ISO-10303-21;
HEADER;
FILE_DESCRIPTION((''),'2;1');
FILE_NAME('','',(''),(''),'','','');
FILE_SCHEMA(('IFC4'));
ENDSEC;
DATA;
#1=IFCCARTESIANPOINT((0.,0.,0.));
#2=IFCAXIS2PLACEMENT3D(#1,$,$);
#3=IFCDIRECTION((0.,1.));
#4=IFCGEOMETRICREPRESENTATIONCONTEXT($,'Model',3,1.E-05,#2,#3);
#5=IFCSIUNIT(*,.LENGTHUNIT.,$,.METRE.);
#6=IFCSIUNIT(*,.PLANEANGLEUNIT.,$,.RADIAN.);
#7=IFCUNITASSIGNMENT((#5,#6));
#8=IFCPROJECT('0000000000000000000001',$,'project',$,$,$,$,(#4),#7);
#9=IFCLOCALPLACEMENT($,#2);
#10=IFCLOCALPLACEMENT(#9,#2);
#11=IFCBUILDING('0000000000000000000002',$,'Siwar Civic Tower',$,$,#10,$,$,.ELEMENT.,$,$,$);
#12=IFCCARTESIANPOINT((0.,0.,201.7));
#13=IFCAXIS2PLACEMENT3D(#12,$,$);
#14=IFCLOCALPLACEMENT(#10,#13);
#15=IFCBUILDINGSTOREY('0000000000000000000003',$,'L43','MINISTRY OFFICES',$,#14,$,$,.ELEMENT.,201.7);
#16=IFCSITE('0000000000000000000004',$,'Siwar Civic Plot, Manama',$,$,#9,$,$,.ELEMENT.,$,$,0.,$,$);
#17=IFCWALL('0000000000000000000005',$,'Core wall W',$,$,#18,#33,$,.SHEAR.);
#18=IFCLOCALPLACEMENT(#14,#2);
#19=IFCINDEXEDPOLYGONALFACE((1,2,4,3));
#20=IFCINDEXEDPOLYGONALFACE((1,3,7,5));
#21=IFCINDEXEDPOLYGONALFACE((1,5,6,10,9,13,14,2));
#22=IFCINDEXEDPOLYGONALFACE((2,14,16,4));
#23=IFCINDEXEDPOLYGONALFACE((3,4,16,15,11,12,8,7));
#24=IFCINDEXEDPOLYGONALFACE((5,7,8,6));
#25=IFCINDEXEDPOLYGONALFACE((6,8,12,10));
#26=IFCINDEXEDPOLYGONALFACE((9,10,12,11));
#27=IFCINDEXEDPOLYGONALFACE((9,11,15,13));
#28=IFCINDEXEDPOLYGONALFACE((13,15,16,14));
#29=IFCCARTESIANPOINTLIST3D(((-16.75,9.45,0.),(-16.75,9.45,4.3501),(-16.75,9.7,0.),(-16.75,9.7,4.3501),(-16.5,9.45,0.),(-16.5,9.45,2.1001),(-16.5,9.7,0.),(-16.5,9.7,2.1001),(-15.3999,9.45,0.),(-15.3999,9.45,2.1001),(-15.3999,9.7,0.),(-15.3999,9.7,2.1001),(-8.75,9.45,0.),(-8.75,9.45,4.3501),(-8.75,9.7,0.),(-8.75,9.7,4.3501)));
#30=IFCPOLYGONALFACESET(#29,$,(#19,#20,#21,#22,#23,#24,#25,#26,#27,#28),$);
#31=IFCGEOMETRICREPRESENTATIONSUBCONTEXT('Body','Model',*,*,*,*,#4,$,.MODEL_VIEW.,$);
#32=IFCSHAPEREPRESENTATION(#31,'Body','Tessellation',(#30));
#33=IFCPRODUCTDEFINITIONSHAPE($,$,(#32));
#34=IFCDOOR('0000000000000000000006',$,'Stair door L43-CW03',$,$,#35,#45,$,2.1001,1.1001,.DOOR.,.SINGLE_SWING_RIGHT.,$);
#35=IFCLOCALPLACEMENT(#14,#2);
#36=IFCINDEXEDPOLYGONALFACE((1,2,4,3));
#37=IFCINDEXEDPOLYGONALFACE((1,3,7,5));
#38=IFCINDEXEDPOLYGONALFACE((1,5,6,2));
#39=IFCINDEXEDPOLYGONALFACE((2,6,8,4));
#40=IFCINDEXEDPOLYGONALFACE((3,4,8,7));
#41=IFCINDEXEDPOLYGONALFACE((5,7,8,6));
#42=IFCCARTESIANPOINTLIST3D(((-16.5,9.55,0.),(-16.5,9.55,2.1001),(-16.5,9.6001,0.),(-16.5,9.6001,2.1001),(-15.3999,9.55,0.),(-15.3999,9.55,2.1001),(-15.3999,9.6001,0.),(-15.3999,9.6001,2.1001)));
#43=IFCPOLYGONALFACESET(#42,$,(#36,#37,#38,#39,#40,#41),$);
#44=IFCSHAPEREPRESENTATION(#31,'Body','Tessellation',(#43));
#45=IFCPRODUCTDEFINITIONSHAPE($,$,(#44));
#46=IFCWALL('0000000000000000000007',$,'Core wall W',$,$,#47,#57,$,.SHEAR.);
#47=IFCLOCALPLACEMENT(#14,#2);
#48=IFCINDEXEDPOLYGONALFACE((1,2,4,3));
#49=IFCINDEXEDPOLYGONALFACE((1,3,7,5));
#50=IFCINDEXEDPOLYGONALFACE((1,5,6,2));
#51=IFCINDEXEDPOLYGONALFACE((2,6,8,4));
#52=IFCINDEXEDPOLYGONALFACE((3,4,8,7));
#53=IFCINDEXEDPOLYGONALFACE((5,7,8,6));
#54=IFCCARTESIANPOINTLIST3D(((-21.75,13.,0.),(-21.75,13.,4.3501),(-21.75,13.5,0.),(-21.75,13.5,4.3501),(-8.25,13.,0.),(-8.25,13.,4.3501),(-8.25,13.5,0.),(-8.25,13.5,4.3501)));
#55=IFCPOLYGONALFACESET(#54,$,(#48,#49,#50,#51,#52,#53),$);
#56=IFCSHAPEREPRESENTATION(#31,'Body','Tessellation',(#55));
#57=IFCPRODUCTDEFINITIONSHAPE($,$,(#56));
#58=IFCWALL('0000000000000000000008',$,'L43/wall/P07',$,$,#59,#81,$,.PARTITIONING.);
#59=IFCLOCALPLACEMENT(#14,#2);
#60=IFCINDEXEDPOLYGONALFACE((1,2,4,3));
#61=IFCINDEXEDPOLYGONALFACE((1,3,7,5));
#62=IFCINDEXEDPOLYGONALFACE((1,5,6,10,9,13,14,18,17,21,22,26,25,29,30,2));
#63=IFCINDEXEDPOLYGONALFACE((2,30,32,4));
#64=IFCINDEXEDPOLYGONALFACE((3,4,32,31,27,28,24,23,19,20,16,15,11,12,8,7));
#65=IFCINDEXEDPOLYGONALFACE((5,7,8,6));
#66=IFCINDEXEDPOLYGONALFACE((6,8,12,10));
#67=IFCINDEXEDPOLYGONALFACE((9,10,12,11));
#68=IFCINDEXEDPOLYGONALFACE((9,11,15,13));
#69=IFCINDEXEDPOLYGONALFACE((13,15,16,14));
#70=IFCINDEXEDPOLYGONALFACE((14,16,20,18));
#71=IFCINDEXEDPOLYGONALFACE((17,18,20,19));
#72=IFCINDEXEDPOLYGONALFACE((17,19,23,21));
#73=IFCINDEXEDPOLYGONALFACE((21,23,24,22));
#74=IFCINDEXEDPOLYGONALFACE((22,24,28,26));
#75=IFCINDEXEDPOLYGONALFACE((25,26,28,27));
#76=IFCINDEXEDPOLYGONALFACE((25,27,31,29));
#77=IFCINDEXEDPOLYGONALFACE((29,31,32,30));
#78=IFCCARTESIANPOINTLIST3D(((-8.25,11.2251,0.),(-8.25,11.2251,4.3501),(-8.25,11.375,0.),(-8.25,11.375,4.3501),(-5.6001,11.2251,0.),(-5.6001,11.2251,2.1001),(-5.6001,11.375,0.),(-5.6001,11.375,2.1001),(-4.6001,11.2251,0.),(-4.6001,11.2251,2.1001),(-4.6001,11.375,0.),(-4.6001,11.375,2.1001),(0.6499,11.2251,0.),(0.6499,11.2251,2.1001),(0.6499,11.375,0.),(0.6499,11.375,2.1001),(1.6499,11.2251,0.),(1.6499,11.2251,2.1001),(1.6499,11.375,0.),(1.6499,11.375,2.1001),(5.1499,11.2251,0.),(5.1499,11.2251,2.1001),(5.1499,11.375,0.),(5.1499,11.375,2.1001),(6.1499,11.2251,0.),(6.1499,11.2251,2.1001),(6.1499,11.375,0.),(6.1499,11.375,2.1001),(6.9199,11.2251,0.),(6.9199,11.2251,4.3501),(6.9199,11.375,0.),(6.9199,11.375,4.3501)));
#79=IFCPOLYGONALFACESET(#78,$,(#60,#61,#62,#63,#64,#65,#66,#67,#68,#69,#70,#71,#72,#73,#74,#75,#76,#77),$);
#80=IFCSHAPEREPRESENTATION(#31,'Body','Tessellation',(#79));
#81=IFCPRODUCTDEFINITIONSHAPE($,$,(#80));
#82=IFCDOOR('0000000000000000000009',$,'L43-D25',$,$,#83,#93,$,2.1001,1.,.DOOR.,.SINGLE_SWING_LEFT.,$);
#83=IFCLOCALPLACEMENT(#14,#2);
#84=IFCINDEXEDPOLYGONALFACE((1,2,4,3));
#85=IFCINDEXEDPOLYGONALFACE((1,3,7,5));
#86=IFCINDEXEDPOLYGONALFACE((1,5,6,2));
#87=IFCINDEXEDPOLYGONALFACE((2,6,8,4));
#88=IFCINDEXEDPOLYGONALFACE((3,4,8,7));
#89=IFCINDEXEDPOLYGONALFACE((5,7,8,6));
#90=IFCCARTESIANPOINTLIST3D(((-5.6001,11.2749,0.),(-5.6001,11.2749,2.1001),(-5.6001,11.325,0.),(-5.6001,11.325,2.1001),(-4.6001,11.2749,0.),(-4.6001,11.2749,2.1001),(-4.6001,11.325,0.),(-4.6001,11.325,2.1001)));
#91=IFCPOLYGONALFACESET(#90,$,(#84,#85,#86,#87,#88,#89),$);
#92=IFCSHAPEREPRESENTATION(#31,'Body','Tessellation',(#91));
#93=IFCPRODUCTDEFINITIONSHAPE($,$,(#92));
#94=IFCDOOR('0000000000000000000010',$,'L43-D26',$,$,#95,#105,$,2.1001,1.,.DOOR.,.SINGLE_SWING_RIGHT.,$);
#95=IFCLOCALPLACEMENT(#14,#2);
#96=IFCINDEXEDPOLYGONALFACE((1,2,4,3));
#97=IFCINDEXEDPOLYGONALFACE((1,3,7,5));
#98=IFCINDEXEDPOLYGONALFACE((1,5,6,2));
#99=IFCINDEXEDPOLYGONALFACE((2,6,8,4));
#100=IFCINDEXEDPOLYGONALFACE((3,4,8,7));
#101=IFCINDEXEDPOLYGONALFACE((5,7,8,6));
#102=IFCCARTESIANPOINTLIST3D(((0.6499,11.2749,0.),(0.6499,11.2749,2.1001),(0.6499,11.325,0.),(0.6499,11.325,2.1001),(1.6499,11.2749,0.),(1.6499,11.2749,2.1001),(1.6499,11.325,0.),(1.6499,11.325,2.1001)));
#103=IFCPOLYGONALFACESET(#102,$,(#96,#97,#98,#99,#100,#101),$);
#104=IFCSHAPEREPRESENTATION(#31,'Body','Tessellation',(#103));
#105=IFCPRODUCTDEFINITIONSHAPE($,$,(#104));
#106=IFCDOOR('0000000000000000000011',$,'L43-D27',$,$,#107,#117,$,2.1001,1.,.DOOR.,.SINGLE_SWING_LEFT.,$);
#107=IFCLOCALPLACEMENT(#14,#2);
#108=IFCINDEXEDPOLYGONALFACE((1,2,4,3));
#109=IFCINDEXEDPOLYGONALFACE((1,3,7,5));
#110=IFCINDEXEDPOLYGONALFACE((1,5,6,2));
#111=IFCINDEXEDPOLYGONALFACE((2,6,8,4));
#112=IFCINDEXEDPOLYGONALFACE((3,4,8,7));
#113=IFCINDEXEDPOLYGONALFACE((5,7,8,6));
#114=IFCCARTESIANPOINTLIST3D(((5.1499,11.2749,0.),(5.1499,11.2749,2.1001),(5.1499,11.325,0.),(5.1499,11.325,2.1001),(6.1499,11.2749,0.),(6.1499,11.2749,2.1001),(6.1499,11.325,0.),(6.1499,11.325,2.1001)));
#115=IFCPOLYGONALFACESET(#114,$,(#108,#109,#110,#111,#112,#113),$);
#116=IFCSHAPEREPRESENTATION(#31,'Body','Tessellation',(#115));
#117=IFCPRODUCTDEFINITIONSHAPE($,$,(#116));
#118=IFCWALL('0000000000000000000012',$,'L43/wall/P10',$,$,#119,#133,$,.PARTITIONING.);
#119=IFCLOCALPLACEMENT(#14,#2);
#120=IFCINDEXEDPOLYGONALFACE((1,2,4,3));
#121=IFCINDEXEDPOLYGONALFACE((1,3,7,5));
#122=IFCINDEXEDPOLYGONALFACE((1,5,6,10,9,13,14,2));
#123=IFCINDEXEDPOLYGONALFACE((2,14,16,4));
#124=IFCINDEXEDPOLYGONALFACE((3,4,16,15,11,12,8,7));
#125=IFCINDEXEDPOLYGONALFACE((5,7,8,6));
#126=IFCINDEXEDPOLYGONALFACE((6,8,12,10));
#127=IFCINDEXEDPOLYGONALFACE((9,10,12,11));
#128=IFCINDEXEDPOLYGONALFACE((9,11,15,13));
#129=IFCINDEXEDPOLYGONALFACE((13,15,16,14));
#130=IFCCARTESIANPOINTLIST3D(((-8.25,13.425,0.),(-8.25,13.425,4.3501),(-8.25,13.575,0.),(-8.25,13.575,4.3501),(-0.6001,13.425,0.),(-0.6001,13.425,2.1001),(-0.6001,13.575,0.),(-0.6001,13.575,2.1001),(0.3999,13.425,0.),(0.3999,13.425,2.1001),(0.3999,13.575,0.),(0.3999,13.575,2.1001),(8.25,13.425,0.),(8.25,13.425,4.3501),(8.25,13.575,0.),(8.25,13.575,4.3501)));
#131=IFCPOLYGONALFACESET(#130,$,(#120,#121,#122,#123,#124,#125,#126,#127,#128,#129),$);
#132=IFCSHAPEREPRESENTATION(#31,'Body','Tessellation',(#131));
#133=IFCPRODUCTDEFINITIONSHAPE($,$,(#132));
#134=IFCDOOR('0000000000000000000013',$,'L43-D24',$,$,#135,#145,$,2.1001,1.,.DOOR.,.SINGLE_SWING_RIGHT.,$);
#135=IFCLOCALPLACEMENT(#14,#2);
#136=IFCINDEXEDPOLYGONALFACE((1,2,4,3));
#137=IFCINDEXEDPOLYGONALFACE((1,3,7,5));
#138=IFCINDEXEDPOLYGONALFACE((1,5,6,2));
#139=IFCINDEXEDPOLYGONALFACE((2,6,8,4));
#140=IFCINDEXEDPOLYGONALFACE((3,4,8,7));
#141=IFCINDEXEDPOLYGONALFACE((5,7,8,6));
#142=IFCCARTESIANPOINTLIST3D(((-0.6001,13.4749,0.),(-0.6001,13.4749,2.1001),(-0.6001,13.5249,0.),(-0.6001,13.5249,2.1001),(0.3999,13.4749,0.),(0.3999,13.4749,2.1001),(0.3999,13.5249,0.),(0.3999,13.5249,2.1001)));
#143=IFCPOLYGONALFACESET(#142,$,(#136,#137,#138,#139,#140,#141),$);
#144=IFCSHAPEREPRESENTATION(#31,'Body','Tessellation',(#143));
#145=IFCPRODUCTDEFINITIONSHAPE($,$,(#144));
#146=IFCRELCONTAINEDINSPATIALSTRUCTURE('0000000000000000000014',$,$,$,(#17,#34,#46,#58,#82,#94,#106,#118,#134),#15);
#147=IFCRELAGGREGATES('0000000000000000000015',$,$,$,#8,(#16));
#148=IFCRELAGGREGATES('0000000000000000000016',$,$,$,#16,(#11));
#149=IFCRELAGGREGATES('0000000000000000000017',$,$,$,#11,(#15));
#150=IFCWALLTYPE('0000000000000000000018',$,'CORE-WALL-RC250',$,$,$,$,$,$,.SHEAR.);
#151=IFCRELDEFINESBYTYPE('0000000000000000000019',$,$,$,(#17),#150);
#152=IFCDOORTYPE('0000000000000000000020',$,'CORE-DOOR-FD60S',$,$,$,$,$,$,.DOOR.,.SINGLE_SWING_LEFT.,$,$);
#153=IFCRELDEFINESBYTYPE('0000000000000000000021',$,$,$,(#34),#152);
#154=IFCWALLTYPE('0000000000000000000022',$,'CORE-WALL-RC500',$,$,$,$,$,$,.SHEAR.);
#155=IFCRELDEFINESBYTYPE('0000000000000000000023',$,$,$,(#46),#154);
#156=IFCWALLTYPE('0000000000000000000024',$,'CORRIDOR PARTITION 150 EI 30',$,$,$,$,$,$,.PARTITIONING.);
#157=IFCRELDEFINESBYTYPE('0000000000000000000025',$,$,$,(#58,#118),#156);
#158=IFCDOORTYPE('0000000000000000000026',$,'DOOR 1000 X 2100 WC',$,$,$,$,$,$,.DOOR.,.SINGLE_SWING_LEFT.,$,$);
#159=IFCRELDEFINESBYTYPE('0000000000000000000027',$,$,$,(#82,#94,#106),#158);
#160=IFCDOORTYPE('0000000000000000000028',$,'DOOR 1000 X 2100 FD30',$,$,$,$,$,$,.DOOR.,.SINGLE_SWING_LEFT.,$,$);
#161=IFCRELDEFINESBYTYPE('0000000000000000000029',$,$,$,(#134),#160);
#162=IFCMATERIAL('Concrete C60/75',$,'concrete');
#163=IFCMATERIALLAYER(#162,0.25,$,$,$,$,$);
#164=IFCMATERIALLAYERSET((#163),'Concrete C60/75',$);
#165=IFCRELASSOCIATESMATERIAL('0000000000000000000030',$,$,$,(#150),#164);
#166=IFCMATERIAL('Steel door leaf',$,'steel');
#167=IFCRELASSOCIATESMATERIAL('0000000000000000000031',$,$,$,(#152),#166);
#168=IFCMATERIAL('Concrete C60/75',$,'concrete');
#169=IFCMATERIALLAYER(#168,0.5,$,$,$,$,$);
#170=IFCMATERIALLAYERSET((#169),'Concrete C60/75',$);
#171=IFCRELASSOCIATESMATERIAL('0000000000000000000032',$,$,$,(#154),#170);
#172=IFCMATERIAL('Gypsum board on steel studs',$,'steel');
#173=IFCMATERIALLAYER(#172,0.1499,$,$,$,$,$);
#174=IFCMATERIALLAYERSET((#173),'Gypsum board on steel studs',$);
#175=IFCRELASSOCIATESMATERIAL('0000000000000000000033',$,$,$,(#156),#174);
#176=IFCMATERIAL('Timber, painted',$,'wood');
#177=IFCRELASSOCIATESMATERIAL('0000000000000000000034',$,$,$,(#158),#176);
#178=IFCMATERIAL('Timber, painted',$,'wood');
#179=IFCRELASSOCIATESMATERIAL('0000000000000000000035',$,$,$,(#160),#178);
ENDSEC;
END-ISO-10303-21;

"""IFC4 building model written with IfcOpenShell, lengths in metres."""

from ifc_helpers import new_model, si_unit, direction, frame, frame_2d, origin, place, context, subcontext, project, spatial, rectangle, extrude, material, layer, layer_set, type_object, element, fill, save


model = new_model("IFC4")

# Units and contexts
model_context = context("Model", 3, precision=1e-05, world=origin(), true_north=direction((0.0, 1.0)))
body_context = subcontext(model_context, "Body", "Model", "MODEL_VIEW")
ifc_project = project(units=[si_unit("LENGTHUNIT", "METRE"), si_unit("PLANEANGLEUNIT", "RADIAN")], contexts=[model_context])

# Site, building, storey
site_placement = place(None, origin())
site = spatial("IfcSite", under=ifc_project, at=site_placement, Name="Siwar Civic Plot, Manama", CompositionType="ELEMENT", RefElevation=0.0)
building_placement = place(site_placement, origin())
building = spatial("IfcBuilding", under=site, at=building_placement, Name="Siwar Civic Tower", CompositionType="ELEMENT")
storey_placement = place(building_placement, frame((0.0, 0.0, 201.7)))
storey = spatial("IfcBuildingStorey", under=building, at=storey_placement, Name="L43", Description="MINISTRY OFFICES", CompositionType="ELEMENT", Elevation=201.7)

# Wall, opening, door
ifc_material_1 = material(Name="Concrete C60/75", Category="concrete")
ifc_layer_1 = layer(ifc_material_1, 0.25)
ifc_layer_set_1 = layer_set([ifc_layer_1], Name="Concrete C60/75")
wall_type_1 = type_object("IfcWallType", Name="CORE-WALL-RC250", PredefinedType="SHEAR", material=ifc_layer_set_1)
wall_1_placement = place(storey_placement, frame((-8.75, 9.575, 0.0), z_axis=(0.0, 0.0, 1.0), x_axis=(-1.0, 0.0, 0.0)))
wall_1 = element("IfcWall", 1, at=wall_1_placement, inside=storey, type_object=wall_type_1, Name="Core wall W", PredefinedType="SHEAR", context=body_context, shape_type="SweptSolid", body=[
    extrude(rectangle(XDim=8.0, YDim=0.25, at=frame_2d((4.0, 0.0))), origin(), (0.0, 0.0, 1.0), 4.3501),
])
opening_1_placement = place(wall_1_placement, frame((6.6499, 0.0, 0.0)))
opening_1 = element("IfcOpeningElement", 2, at=opening_1_placement, cuts=wall_1, PredefinedType="OPENING", context=body_context, shape_type="SweptSolid", body=[
    extrude(rectangle(XDim=1.1001, YDim=2.1001, at=frame_2d((0.55, 1.05))), frame((0.0, 0.135, 0.0), z_axis=(0.0, -1.0, 0.0), x_axis=(1.0, 0.0, 0.0)), (0.0, 0.0, 1.0), 0.27),
])
ifc_material_2 = material(Name="Steel door leaf", Category="steel")
door_type_1 = type_object("IfcDoorType", Name="CORE-DOOR-FD60S", OperationType="SINGLE_SWING_LEFT", PredefinedType="DOOR", material=ifc_material_2)
door_1_placement = place(opening_1_placement, origin())
door_1 = element("IfcDoor", 3, at=door_1_placement, inside=storey, type_object=door_type_1, Name="Stair door L43-CW03", OperationType="SINGLE_SWING_RIGHT", OverallHeight=2.1001, OverallWidth=1.1001, PredefinedType="DOOR", context=body_context, shape_type="SweptSolid", body=[
    extrude(rectangle(XDim=1.1001, YDim=2.1001, at=frame_2d((0.55, 1.05))), frame((0.0, 0.0249, 0.0), z_axis=(0.0, -1.0, 0.0), x_axis=(1.0, 0.0, 0.0)), (0.0, 0.0, 1.0), 0.05),
])
fill(opening_1, door_1)

# Wall
ifc_material_3 = material(Name="Concrete C60/75", Category="concrete")
ifc_layer_2 = layer(ifc_material_3, 0.5)
ifc_layer_set_2 = layer_set([ifc_layer_2], Name="Concrete C60/75")
wall_type_2 = type_object("IfcWallType", Name="CORE-WALL-RC500", PredefinedType="SHEAR", material=ifc_layer_set_2)
wall_2_placement = place(storey_placement, frame((-8.25, 13.25, 0.0), z_axis=(0.0, 0.0, 1.0), x_axis=(-1.0, 0.0, 0.0)))
element("IfcWall", 4, at=wall_2_placement, inside=storey, type_object=wall_type_2, Name="Core wall W", PredefinedType="SHEAR", context=body_context, shape_type="SweptSolid", body=[
    extrude(rectangle(XDim=13.5, YDim=0.5, at=frame_2d((6.75, 0.0))), origin(), (0.0, 0.0, 1.0), 4.3501),
])

# Wall, openings, doors
ifc_material_4 = material(Name="Gypsum board on steel studs", Category="steel")
ifc_layer_3 = layer(ifc_material_4, 0.1499)
ifc_layer_set_3 = layer_set([ifc_layer_3], Name="Gypsum board on steel studs")
wall_type_3 = type_object("IfcWallType", Name="CORRIDOR PARTITION 150 EI 30", PredefinedType="PARTITIONING", material=ifc_layer_set_3)
wall_3_placement = place(storey_placement, frame((-8.25, 11.3, 0.0), z_axis=(0.0, 0.0, 1.0), x_axis=(1.0, 0.0, 0.0)))
wall_3 = element("IfcWall", 5, at=wall_3_placement, inside=storey, type_object=wall_type_3, Name="L43/wall/P07", PredefinedType="PARTITIONING", context=body_context, shape_type="SweptSolid", body=[
    extrude(rectangle(XDim=15.1699, YDim=0.1499, at=frame_2d((7.585, 0.0))), origin(), (0.0, 0.0, 1.0), 4.3501),
])
opening_2_placement = place(wall_3_placement, frame((2.6499, 0.0, 0.0)))
opening_2 = element("IfcOpeningElement", 6, at=opening_2_placement, cuts=wall_3, PredefinedType="OPENING", context=body_context, shape_type="SweptSolid", body=[
    extrude(rectangle(XDim=1.0, YDim=2.1001, at=frame_2d((0.5, 1.05))), frame((0.0, 0.085, 0.0), z_axis=(0.0, -1.0, 0.0), x_axis=(1.0, 0.0, 0.0)), (0.0, 0.0, 1.0), 0.1699),
])
opening_3_placement = place(wall_3_placement, frame((8.8999, 0.0, 0.0)))
opening_3 = element("IfcOpeningElement", 7, at=opening_3_placement, cuts=wall_3, PredefinedType="OPENING", context=body_context, shape_type="SweptSolid", body=[
    extrude(rectangle(XDim=1.0, YDim=2.1001, at=frame_2d((0.5, 1.05))), frame((0.0, 0.085, 0.0), z_axis=(0.0, -1.0, 0.0), x_axis=(1.0, 0.0, 0.0)), (0.0, 0.0, 1.0), 0.1699),
])
opening_4_placement = place(wall_3_placement, frame((13.3999, 0.0, 0.0)))
opening_4 = element("IfcOpeningElement", 8, at=opening_4_placement, cuts=wall_3, PredefinedType="OPENING", context=body_context, shape_type="SweptSolid", body=[
    extrude(rectangle(XDim=1.0, YDim=2.1001, at=frame_2d((0.5, 1.05))), frame((0.0, 0.085, 0.0), z_axis=(0.0, -1.0, 0.0), x_axis=(1.0, 0.0, 0.0)), (0.0, 0.0, 1.0), 0.1699),
])
ifc_material_5 = material(Name="Timber, painted", Category="wood")
door_type_2 = type_object("IfcDoorType", Name="DOOR 1000 X 2100 WC", OperationType="SINGLE_SWING_LEFT", PredefinedType="DOOR", material=ifc_material_5)
door_2_placement = place(opening_2_placement, origin())
door_2 = element("IfcDoor", 9, at=door_2_placement, inside=storey, type_object=door_type_2, Name="L43-D25", OperationType="SINGLE_SWING_LEFT", OverallHeight=2.1001, OverallWidth=1.0, PredefinedType="DOOR", context=body_context, shape_type="SweptSolid", body=[
    extrude(rectangle(XDim=1.0, YDim=2.1001, at=frame_2d((0.5, 1.05))), frame((0.0, 0.0249, 0.0), z_axis=(0.0, -1.0, 0.0), x_axis=(1.0, 0.0, 0.0)), (0.0, 0.0, 1.0), 0.05),
])
fill(opening_2, door_2)
door_3_placement = place(opening_3_placement, origin())
door_3 = element("IfcDoor", 10, at=door_3_placement, inside=storey, type_object=door_type_2, Name="L43-D26", OperationType="SINGLE_SWING_RIGHT", OverallHeight=2.1001, OverallWidth=1.0, PredefinedType="DOOR", context=body_context, shape_type="SweptSolid", body=[
    extrude(rectangle(XDim=1.0, YDim=2.1001, at=frame_2d((0.5, 1.05))), frame((0.0, 0.0249, 0.0), z_axis=(0.0, -1.0, 0.0), x_axis=(1.0, 0.0, 0.0)), (0.0, 0.0, 1.0), 0.05),
])
fill(opening_3, door_3)
door_4_placement = place(opening_4_placement, origin())
door_4 = element("IfcDoor", 11, at=door_4_placement, inside=storey, type_object=door_type_2, Name="L43-D27", OperationType="SINGLE_SWING_LEFT", OverallHeight=2.1001, OverallWidth=1.0, PredefinedType="DOOR", context=body_context, shape_type="SweptSolid", body=[
    extrude(rectangle(XDim=1.0, YDim=2.1001, at=frame_2d((0.5, 1.05))), frame((0.0, 0.0249, 0.0), z_axis=(0.0, -1.0, 0.0), x_axis=(1.0, 0.0, 0.0)), (0.0, 0.0, 1.0), 0.05),
])
fill(opening_4, door_4)

# Wall, opening, door
wall_4_placement = place(storey_placement, frame((-8.25, 13.5, 0.0), z_axis=(0.0, 0.0, 1.0), x_axis=(1.0, 0.0, 0.0)))
wall_4 = element("IfcWall", 12, at=wall_4_placement, inside=storey, type_object=wall_type_3, Name="L43/wall/P10", PredefinedType="PARTITIONING", context=body_context, shape_type="SweptSolid", body=[
    extrude(rectangle(XDim=16.5, YDim=0.1499, at=frame_2d((8.25, 0.0))), origin(), (0.0, 0.0, 1.0), 4.3501),
])
opening_5_placement = place(wall_4_placement, frame((7.6499, 0.0, 0.0)))
opening_5 = element("IfcOpeningElement", 13, at=opening_5_placement, cuts=wall_4, PredefinedType="OPENING", context=body_context, shape_type="SweptSolid", body=[
    extrude(rectangle(XDim=1.0, YDim=2.1001, at=frame_2d((0.5, 1.05))), frame((0.0, 0.085, 0.0), z_axis=(0.0, -1.0, 0.0), x_axis=(1.0, 0.0, 0.0)), (0.0, 0.0, 1.0), 0.1699),
])
ifc_material_6 = material(Name="Timber, painted", Category="wood")
door_type_3 = type_object("IfcDoorType", Name="DOOR 1000 X 2100 FD30", OperationType="SINGLE_SWING_LEFT", PredefinedType="DOOR", material=ifc_material_6)
door_5_placement = place(opening_5_placement, origin())
door_5 = element("IfcDoor", 14, at=door_5_placement, inside=storey, type_object=door_type_3, Name="L43-D24", OperationType="SINGLE_SWING_RIGHT", OverallHeight=2.1001, OverallWidth=1.0, PredefinedType="DOOR", context=body_context, shape_type="SweptSolid", body=[
    extrude(rectangle(XDim=1.0, YDim=2.1001, at=frame_2d((0.5, 1.05))), frame((0.0, 0.0249, 0.0), z_axis=(0.0, -1.0, 0.0), x_axis=(1.0, 0.0, 0.0)), (0.0, 0.0, 1.0), 0.05),
])
fill(opening_5, door_5)

save(model, "model.ifc")
